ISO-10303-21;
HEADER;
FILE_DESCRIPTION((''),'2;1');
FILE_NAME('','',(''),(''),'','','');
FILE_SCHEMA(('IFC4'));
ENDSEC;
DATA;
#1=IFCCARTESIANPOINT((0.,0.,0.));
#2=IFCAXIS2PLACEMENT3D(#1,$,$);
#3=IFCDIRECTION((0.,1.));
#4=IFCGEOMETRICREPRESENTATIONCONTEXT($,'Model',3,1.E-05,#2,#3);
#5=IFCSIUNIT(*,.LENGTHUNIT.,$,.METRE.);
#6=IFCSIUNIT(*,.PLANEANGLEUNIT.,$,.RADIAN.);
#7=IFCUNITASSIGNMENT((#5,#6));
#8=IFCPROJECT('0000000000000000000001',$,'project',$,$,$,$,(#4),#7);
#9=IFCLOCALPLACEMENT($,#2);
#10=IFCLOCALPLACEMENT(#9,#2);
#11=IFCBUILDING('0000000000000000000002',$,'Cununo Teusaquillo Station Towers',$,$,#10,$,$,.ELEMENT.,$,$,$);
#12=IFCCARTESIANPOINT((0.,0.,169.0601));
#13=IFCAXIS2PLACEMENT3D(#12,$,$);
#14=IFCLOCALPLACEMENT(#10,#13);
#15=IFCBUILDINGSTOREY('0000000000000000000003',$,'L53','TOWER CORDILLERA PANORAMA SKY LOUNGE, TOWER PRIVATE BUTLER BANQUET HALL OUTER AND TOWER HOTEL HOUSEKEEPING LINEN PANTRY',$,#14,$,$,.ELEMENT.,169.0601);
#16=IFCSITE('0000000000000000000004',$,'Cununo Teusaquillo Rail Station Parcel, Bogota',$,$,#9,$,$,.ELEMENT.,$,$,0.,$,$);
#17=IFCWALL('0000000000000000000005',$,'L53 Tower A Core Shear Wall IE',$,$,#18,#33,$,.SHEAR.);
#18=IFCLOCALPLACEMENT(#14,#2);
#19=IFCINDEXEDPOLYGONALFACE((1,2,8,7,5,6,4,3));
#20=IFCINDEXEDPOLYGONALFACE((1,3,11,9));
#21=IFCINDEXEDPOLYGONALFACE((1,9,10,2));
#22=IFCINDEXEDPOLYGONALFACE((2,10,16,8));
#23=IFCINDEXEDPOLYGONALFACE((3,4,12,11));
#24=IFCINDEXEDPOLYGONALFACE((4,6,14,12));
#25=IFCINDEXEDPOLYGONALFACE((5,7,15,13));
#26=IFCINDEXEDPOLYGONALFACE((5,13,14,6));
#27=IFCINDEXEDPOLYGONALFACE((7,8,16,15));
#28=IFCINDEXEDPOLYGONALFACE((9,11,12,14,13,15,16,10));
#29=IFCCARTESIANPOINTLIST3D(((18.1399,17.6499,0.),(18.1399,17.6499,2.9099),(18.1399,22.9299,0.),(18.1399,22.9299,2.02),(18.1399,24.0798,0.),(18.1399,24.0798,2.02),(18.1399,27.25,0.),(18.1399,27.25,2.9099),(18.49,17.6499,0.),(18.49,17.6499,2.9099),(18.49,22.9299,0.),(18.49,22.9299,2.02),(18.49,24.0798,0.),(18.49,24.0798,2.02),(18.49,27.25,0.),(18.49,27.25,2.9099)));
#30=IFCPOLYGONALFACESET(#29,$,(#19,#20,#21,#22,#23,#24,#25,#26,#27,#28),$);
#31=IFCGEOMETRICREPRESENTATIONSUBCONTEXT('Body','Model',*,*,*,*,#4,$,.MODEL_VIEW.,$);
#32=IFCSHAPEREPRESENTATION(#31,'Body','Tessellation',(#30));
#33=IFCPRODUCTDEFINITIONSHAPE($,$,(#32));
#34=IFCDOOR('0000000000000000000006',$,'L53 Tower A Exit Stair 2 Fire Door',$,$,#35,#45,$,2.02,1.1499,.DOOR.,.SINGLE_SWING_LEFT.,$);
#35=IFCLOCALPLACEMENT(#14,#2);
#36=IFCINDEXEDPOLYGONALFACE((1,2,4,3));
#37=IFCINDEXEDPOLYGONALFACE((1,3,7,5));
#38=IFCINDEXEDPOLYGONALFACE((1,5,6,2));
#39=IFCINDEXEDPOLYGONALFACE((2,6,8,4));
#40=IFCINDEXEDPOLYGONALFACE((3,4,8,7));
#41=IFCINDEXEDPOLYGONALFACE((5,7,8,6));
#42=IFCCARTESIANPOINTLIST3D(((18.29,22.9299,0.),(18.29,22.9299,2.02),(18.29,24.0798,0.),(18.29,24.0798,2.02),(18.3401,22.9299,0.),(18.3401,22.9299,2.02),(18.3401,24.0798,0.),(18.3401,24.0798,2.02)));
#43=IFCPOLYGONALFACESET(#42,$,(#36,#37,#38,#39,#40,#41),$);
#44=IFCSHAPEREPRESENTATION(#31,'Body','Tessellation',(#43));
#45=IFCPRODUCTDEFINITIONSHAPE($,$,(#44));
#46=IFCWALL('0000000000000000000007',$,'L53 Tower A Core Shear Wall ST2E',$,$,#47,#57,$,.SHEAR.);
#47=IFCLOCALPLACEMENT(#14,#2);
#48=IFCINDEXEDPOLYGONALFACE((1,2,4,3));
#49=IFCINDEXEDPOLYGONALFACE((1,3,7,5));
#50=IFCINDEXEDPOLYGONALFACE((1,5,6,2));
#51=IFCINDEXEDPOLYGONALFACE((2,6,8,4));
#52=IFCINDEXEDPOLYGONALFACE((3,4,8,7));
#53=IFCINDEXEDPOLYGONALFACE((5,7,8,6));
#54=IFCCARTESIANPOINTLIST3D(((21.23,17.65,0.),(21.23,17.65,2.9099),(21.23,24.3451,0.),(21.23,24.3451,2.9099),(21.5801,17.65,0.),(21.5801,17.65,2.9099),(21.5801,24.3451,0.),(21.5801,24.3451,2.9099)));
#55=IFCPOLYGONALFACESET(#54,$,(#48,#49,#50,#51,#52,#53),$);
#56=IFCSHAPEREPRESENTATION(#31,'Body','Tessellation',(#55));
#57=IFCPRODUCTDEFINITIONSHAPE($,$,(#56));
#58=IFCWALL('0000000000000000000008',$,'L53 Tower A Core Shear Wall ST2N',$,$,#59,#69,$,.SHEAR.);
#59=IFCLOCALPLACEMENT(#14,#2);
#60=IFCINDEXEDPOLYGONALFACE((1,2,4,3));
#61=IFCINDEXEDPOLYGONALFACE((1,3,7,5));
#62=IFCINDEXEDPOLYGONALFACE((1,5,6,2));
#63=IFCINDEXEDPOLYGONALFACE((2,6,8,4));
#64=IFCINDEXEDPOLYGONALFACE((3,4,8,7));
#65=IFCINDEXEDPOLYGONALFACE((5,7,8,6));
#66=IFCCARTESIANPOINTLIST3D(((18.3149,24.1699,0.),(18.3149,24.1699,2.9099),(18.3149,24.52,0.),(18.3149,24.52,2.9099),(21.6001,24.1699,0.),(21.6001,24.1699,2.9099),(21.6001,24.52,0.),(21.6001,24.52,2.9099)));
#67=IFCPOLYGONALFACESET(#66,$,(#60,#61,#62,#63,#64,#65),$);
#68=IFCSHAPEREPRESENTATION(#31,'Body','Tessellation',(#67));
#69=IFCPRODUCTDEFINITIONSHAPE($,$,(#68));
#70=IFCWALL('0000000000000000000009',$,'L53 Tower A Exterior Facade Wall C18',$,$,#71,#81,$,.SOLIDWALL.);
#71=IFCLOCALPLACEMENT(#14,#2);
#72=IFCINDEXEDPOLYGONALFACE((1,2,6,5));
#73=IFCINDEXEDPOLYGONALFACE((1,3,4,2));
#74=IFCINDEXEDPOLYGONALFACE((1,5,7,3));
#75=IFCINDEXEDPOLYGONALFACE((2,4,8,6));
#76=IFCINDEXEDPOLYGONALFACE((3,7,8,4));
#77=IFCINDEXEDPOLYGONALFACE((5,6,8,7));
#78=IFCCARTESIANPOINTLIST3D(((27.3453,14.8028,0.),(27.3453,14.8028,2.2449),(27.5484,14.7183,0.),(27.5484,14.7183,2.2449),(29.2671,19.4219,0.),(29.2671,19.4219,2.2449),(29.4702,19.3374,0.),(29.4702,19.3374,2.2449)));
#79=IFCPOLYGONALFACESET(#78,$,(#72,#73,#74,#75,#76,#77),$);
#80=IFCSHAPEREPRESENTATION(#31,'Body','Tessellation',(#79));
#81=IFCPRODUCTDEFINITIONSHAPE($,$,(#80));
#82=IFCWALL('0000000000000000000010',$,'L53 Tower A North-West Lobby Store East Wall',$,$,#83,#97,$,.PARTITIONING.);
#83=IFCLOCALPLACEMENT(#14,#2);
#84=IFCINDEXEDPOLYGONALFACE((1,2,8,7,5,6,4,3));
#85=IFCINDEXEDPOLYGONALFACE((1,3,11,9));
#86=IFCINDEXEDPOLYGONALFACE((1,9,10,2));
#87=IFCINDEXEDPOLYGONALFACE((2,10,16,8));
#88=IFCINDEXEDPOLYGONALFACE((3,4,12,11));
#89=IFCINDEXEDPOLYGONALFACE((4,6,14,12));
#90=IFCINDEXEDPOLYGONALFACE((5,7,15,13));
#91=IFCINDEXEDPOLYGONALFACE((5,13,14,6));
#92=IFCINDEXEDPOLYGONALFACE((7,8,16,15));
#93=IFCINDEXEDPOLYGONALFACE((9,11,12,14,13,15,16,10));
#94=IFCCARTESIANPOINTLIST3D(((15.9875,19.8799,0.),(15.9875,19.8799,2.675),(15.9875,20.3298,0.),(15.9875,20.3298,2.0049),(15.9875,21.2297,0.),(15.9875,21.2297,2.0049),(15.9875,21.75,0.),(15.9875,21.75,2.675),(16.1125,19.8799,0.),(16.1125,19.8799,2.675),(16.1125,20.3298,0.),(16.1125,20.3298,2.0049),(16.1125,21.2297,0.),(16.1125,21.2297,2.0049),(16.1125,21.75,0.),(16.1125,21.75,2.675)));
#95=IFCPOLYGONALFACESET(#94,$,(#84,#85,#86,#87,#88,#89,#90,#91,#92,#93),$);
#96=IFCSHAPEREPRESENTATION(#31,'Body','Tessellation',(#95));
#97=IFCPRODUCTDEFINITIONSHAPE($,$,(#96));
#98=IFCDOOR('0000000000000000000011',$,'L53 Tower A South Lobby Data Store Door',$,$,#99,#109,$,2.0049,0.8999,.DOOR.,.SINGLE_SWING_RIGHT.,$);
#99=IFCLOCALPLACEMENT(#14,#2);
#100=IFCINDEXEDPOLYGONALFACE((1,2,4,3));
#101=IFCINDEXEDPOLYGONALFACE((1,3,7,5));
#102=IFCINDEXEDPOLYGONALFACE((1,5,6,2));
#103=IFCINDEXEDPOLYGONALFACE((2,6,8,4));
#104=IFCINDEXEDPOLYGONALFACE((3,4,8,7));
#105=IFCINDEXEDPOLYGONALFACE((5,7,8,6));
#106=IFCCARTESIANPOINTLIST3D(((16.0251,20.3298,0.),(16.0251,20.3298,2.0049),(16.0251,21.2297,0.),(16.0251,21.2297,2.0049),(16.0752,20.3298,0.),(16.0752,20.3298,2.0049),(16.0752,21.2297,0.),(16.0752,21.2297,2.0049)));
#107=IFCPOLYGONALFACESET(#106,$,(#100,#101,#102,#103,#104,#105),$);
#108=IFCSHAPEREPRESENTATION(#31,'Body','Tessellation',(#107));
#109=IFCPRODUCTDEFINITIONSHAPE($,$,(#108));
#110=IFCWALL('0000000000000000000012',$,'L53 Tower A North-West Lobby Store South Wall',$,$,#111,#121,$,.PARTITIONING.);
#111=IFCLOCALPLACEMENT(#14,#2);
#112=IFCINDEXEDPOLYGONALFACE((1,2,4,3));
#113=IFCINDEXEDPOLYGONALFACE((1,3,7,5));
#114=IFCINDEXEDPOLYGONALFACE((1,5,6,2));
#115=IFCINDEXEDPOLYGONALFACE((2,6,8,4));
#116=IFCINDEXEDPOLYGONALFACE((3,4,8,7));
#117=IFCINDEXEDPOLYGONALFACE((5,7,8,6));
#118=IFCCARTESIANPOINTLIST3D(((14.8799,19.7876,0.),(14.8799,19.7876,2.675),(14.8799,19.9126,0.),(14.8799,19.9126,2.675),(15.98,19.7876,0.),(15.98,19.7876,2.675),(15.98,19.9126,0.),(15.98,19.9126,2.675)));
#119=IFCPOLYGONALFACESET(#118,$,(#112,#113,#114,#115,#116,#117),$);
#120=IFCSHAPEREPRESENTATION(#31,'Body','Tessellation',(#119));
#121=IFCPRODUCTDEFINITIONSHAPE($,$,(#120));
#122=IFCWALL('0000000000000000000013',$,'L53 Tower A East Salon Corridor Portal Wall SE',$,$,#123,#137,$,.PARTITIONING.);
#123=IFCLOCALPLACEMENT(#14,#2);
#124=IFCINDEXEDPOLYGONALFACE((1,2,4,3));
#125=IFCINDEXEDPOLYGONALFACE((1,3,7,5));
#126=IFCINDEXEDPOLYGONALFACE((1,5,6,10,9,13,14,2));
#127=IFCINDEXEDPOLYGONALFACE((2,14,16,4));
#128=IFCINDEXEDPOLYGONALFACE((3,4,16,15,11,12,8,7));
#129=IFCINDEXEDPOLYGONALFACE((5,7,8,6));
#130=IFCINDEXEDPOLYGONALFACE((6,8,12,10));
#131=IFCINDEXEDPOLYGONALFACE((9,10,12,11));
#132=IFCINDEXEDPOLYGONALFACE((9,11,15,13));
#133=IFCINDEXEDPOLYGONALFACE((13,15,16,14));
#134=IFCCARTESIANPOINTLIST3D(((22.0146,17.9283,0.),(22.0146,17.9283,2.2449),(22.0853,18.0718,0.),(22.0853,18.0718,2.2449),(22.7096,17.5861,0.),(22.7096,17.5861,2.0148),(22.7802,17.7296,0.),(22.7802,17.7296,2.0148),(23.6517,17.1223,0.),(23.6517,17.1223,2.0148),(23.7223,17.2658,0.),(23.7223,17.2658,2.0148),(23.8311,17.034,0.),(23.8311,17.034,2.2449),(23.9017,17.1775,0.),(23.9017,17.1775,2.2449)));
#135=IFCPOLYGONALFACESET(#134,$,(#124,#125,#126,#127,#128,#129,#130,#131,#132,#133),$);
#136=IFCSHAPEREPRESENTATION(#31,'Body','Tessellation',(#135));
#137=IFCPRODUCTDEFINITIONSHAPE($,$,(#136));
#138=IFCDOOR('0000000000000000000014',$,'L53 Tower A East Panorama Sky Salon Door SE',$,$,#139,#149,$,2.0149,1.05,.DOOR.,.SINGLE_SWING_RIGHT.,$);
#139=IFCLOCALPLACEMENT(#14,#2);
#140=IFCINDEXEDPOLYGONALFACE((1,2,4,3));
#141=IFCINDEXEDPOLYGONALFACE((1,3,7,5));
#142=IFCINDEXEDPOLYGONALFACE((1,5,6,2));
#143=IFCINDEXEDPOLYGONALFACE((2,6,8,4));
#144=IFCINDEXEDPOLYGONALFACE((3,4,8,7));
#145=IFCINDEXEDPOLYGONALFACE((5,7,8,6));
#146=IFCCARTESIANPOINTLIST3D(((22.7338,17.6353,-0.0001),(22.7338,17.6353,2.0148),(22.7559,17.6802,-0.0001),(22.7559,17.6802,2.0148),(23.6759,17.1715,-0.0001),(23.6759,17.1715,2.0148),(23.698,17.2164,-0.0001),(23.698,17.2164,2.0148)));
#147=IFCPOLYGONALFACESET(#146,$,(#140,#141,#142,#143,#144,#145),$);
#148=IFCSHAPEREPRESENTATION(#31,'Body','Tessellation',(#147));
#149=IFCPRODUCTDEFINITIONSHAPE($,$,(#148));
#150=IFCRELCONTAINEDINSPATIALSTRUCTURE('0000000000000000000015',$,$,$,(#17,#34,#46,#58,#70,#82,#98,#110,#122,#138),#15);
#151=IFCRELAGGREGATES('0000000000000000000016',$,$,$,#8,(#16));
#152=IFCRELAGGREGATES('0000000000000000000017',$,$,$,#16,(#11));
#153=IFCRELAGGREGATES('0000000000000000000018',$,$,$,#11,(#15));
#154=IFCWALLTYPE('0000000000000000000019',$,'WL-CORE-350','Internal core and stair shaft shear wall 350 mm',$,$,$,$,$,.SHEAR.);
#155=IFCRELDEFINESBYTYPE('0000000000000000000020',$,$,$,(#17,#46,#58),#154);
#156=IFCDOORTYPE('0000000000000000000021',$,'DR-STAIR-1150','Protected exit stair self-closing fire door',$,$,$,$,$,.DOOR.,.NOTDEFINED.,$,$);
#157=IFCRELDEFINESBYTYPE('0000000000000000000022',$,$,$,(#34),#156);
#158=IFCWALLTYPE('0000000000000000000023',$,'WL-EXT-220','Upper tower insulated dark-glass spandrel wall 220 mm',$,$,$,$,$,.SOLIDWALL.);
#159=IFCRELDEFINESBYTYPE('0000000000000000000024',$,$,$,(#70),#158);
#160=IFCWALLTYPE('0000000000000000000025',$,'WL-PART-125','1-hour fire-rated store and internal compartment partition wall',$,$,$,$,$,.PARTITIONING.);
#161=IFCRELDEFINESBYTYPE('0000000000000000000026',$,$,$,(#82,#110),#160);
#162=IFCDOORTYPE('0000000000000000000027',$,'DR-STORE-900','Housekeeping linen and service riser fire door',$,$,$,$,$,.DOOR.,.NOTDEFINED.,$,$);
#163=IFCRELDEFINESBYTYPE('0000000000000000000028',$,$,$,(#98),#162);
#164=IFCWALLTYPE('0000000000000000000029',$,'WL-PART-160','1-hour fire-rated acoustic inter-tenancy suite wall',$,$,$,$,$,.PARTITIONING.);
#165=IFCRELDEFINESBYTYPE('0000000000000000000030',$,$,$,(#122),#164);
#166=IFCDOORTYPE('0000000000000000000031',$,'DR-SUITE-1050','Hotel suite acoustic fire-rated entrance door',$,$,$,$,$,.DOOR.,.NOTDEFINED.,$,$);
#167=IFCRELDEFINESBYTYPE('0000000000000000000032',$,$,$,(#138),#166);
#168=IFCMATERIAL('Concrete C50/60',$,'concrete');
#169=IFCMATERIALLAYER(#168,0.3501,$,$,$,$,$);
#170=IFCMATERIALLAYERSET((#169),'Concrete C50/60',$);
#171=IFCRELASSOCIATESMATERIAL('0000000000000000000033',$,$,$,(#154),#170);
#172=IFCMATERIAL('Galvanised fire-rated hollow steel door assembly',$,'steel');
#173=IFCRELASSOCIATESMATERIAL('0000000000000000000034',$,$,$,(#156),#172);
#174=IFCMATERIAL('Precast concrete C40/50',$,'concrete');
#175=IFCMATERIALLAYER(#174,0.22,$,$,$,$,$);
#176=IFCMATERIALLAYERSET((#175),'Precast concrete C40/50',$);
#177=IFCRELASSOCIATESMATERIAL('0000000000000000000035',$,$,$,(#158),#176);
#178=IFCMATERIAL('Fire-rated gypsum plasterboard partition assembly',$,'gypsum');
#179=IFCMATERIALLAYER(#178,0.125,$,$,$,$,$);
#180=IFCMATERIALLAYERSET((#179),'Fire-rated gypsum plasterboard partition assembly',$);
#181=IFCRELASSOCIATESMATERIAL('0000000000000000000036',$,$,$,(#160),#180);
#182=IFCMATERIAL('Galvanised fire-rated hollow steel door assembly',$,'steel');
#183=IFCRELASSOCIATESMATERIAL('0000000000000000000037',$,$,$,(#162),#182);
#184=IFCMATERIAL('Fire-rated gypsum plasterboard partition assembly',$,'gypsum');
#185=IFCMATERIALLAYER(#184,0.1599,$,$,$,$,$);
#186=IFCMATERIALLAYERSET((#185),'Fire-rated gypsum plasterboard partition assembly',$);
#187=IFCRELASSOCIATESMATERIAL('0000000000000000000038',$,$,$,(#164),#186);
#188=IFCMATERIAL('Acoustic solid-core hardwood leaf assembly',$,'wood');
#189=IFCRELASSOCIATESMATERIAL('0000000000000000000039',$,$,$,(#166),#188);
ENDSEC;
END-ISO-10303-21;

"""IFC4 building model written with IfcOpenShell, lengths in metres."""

from ifc_helpers import new_model, si_unit, direction, frame, frame_2d, origin, place, context, subcontext, project, spatial, rectangle, extrude, source, transform, mapped, material, layer, layer_set, type_object, element, fill, save


model = new_model("IFC4")

# Units and contexts
model_context = context("Model", 3, precision=1e-05, world=origin(), true_north=direction((0.0, 1.0)))
body_context = subcontext(model_context, "Body", "Model", "MODEL_VIEW")
ifc_project = project(units=[si_unit("LENGTHUNIT", "METRE"), si_unit("PLANEANGLEUNIT", "RADIAN")], contexts=[model_context])

# Site, building, storey
site_placement = place(None, origin())
site = spatial("IfcSite", under=ifc_project, at=site_placement, Name="Cununo Teusaquillo Rail Station Parcel, Bogota", CompositionType="ELEMENT", RefElevation=0.0)
building_placement = place(site_placement, origin())
building = spatial("IfcBuilding", under=site, at=building_placement, Name="Cununo Teusaquillo Station Towers", CompositionType="ELEMENT")
storey_placement = place(building_placement, frame((0.0, 0.0, 169.0601)))
storey = spatial("IfcBuildingStorey", under=building, at=storey_placement, Name="L53", Description="TOWER CORDILLERA PANORAMA SKY LOUNGE, TOWER PRIVATE BUTLER BANQUET HALL OUTER AND TOWER HOTEL HOUSEKEEPING LINEN PANTRY", CompositionType="ELEMENT", Elevation=169.0601)

# Wall, opening, door
ifc_material_1 = material(Name="Concrete C50/60", Category="concrete")
ifc_layer_1 = layer(ifc_material_1, 0.3501)
ifc_layer_set_1 = layer_set([ifc_layer_1], Name="Concrete C50/60")
wall_type_1 = type_object("IfcWallType", Name="WL-CORE-350", Description="Internal core and stair shaft shear wall 350 mm", PredefinedType="SHEAR", material=ifc_layer_set_1)
wall_1_placement = place(storey_placement, frame((18.3149, 17.6499, 0.0), z_axis=(0.0, 0.0, 1.0), x_axis=(0.0, 1.0, 0.0)))
wall_1 = element("IfcWall", 1, at=wall_1_placement, inside=storey, type_object=wall_type_1, Name="L53 Tower A Core Shear Wall IE", PredefinedType="SHEAR", context=body_context, shape_type="SweptSolid", body=[
    extrude(rectangle(XDim=9.6001, YDim=0.3501, at=frame_2d((4.8, 0.0))), origin(), (0.0, 0.0, 1.0), 2.9099),
])
shared_shape_1 = source(origin(), body_context, "Body", "SweptSolid", [
    extrude(rectangle(XDim=1.1499, YDim=2.02, at=frame_2d((0.575, 1.01))), frame((0.0, 0.1851, 0.0), z_axis=(0.0, -1.0, 0.0), x_axis=(1.0, 0.0, 0.0)), (0.0, 0.0, 1.0), 0.3701),
])
opening_1_placement = place(wall_1_placement, frame((5.28, 0.0, 0.0)))
opening_1 = element("IfcOpeningElement", 2, at=opening_1_placement, cuts=wall_1, PredefinedType="OPENING", context=body_context, shape_type="MappedRepresentation", body=[
    mapped(shared_shape_1, transform((0.0, 0.0, 0.0), x_axis=(1.0, 0.0, 0.0), y_axis=(0.0, 1.0, 0.0), z_axis=(0.0, 0.0, 1.0), scale=1.0)),
])
ifc_material_2 = material(Name="Galvanised fire-rated hollow steel door assembly", Category="steel")
door_type_1 = type_object("IfcDoorType", Name="DR-STAIR-1150", Description="Protected exit stair self-closing fire door", OperationType="NOTDEFINED", PredefinedType="DOOR", material=ifc_material_2)
shared_shape_2 = source(origin(), body_context, "Body", "SweptSolid", [
    extrude(rectangle(XDim=1.1499, YDim=2.02, at=frame_2d((0.575, 1.01))), frame((0.0, 0.0249, 0.0), z_axis=(0.0, -1.0, 0.0), x_axis=(1.0, 0.0, 0.0)), (0.0, 0.0, 1.0), 0.05),
])
door_1_placement = place(opening_1_placement, origin())
door_1 = element("IfcDoor", 3, at=door_1_placement, inside=storey, type_object=door_type_1, Name="L53 Tower A Exit Stair 2 Fire Door", OperationType="SINGLE_SWING_LEFT", OverallHeight=2.02, OverallWidth=1.1499, PredefinedType="DOOR", context=body_context, shape_type="MappedRepresentation", body=[
    mapped(shared_shape_2, transform((0.0, 0.0, 0.0), x_axis=(1.0, 0.0, 0.0), y_axis=(0.0, 1.0, 0.0), z_axis=(0.0, 0.0, 1.0), scale=1.0)),
])
fill(opening_1, door_1)

# Walls
wall_2_placement = place(storey_placement, frame((21.405, 17.6499, 0.0), z_axis=(0.0, 0.0, 1.0), x_axis=(0.0, 1.0, 0.0)))
element("IfcWall", 4, at=wall_2_placement, inside=storey, type_object=wall_type_1, Name="L53 Tower A Core Shear Wall ST2E", PredefinedType="SHEAR", context=body_context, shape_type="SweptSolid", body=[
    extrude(rectangle(XDim=6.6951, YDim=0.3501, at=frame_2d((3.3477, 0.0))), origin(), (0.0, 0.0, 1.0), 2.9099),
])
wall_3_placement = place(storey_placement, frame((18.3149, 24.345, 0.0), z_axis=(0.0, 0.0, 1.0), x_axis=(1.0, 0.0, 0.0)))
element("IfcWall", 5, at=wall_3_placement, inside=storey, type_object=wall_type_1, Name="L53 Tower A Core Shear Wall ST2N", PredefinedType="SHEAR", context=body_context, shape_type="SweptSolid", body=[
    extrude(rectangle(XDim=3.2852, YDim=0.3501, at=frame_2d((1.6426, 0.0))), origin(), (0.0, 0.0, 1.0), 2.9099),
])
ifc_material_3 = material(Name="Precast concrete C40/50", Category="concrete")
ifc_layer_2 = layer(ifc_material_3, 0.22)
ifc_layer_set_2 = layer_set([ifc_layer_2], Name="Precast concrete C40/50")
wall_type_2 = type_object("IfcWallType", Name="WL-EXT-220", Description="Upper tower insulated dark-glass spandrel wall 220 mm", PredefinedType="SOLIDWALL", material=ifc_layer_set_2)
wall_4_placement = place(storey_placement, frame((29.3687, 19.3796, 0.0), z_axis=(0.0, 0.0, 1.0), x_axis=(-0.384144, -0.923273, 0.0)))
element("IfcWall", 6, at=wall_4_placement, inside=storey, type_object=wall_type_2, Name="L53 Tower A Exterior Facade Wall C18", PredefinedType="SOLIDWALL", context=body_context, shape_type="SweptSolid", body=[
    extrude(rectangle(XDim=5.0029, YDim=0.22, at=frame_2d((2.5015, 0.0))), origin(), (0.0, 0.0, 1.0), 2.2449),
])

# Wall, opening, door
ifc_material_4 = material(Name="Fire-rated gypsum plasterboard partition assembly", Category="gypsum")
ifc_layer_3 = layer(ifc_material_4, 0.125)
ifc_layer_set_3 = layer_set([ifc_layer_3], Name="Fire-rated gypsum plasterboard partition assembly")
wall_type_3 = type_object("IfcWallType", Name="WL-PART-125", Description="1-hour fire-rated store and internal compartment partition wall", PredefinedType="PARTITIONING", material=ifc_layer_set_3)
wall_5_placement = place(storey_placement, frame((16.05, 19.8799, 0.0), z_axis=(0.0, 0.0, 1.0), x_axis=(0.0, 1.0, 0.0)))
wall_5 = element("IfcWall", 7, at=wall_5_placement, inside=storey, type_object=wall_type_3, Name="L53 Tower A North-West Lobby Store East Wall", PredefinedType="PARTITIONING", context=body_context, shape_type="SweptSolid", body=[
    extrude(rectangle(XDim=1.8701, YDim=0.125, at=frame_2d((0.9351, 0.0))), origin(), (0.0, 0.0, 1.0), 2.675),
])
shared_shape_3 = source(origin(), body_context, "Body", "SweptSolid", [
    extrude(rectangle(XDim=0.8999, YDim=2.0049, at=frame_2d((0.45, 1.0024))), frame((0.0, 0.0725, 0.0), z_axis=(0.0, -1.0, 0.0), x_axis=(1.0, 0.0, 0.0)), (0.0, 0.0, 1.0), 0.145),
])
opening_2_placement = place(wall_5_placement, frame((0.45, 0.0, 0.0)))
opening_2 = element("IfcOpeningElement", 8, at=opening_2_placement, cuts=wall_5, PredefinedType="OPENING", context=body_context, shape_type="MappedRepresentation", body=[
    mapped(shared_shape_3, transform((0.0, 0.0, 0.0), x_axis=(1.0, 0.0, 0.0), y_axis=(0.0, 1.0, 0.0), z_axis=(0.0, 0.0, 1.0), scale=1.0)),
])
ifc_material_5 = material(Name="Galvanised fire-rated hollow steel door assembly", Category="steel")
door_type_2 = type_object("IfcDoorType", Name="DR-STORE-900", Description="Housekeeping linen and service riser fire door", OperationType="NOTDEFINED", PredefinedType="DOOR", material=ifc_material_5)
shared_shape_4 = source(origin(), body_context, "Body", "SweptSolid", [
    extrude(rectangle(XDim=0.8999, YDim=2.0049, at=frame_2d((0.45, 1.0024))), frame((0.0, 0.0249, 0.0), z_axis=(0.0, -1.0, 0.0), x_axis=(1.0, 0.0, 0.0)), (0.0, 0.0, 1.0), 0.05),
])
door_2_placement = place(opening_2_placement, origin())
door_2 = element("IfcDoor", 9, at=door_2_placement, inside=storey, type_object=door_type_2, Name="L53 Tower A South Lobby Data Store Door", OperationType="SINGLE_SWING_RIGHT", OverallHeight=2.0049, OverallWidth=0.8999, PredefinedType="DOOR", context=body_context, shape_type="MappedRepresentation", body=[
    mapped(shared_shape_4, transform((0.0, 0.0, 0.0), x_axis=(1.0, 0.0, 0.0), y_axis=(0.0, 1.0, 0.0), z_axis=(0.0, 0.0, 1.0), scale=1.0)),
])
fill(opening_2, door_2)

# Wall
wall_6_placement = place(storey_placement, frame((14.8799, 19.8501, 0.0), z_axis=(0.0, 0.0, 1.0), x_axis=(1.0, 0.0, 0.0)))
element("IfcWall", 10, at=wall_6_placement, inside=storey, type_object=wall_type_3, Name="L53 Tower A North-West Lobby Store South Wall", PredefinedType="PARTITIONING", context=body_context, shape_type="SweptSolid", body=[
    extrude(rectangle(XDim=1.1001, YDim=0.125, at=frame_2d((0.55, 0.0))), origin(), (0.0, 0.0, 1.0), 2.675),
])

# Wall, opening, door
ifc_material_6 = material(Name="Fire-rated gypsum plasterboard partition assembly", Category="gypsum")
ifc_layer_4 = layer(ifc_material_6, 0.1599)
ifc_layer_set_4 = layer_set([ifc_layer_4], Name="Fire-rated gypsum plasterboard partition assembly")
wall_type_4 = type_object("IfcWallType", Name="WL-PART-160", Description="1-hour fire-rated acoustic inter-tenancy suite wall", PredefinedType="PARTITIONING", material=ifc_layer_set_4)
wall_7_placement = place(storey_placement, frame((22.05, 18.0, 0.0), z_axis=(0.0, 0.0, 1.0), x_axis=(0.89716, -0.441706, 0.0)))
wall_7 = element("IfcWall", 11, at=wall_7_placement, inside=storey, type_object=wall_type_4, Name="L53 Tower A East Salon Corridor Portal Wall SE", PredefinedType="PARTITIONING", context=body_context, shape_type="SweptSolid", body=[
    extrude(rectangle(XDim=2.0247, YDim=0.1599, at=frame_2d((1.0122, 0.0))), origin(), (0.0, 0.0, 1.0), 2.2449),
])
shared_shape_5 = source(origin(), body_context, "Body", "SweptSolid", [
    extrude(rectangle(XDim=1.05, YDim=2.0149, at=frame_2d((0.5249, 1.0073))), frame((0.0, 0.0898, 0.0), z_axis=(0.0, -1.0, 0.0), x_axis=(1.0, 0.0, 0.0)), (0.0, 0.0, 1.0), 0.1799),
])
opening_3_placement = place(wall_7_placement, frame((0.7747, 0.0, 0.0)))
opening_3 = element("IfcOpeningElement", 12, at=opening_3_placement, cuts=wall_7, PredefinedType="OPENING", context=body_context, shape_type="MappedRepresentation", body=[
    mapped(shared_shape_5, transform((0.0, 0.0, 0.0), x_axis=(1.0, 0.0, 0.0), y_axis=(0.0, 1.0, 0.0), z_axis=(0.0, 0.0, 1.0), scale=1.0)),
])
ifc_material_7 = material(Name="Acoustic solid-core hardwood leaf assembly", Category="wood")
door_type_3 = type_object("IfcDoorType", Name="DR-SUITE-1050", Description="Hotel suite acoustic fire-rated entrance door", OperationType="NOTDEFINED", PredefinedType="DOOR", material=ifc_material_7)
shared_shape_6 = source(origin(), body_context, "Body", "SweptSolid", [
    extrude(rectangle(XDim=1.05, YDim=2.0149, at=frame_2d((0.5249, 1.0073))), frame((0.0, 0.0249, 0.0), z_axis=(0.0, -1.0, 0.0), x_axis=(1.0, 0.0, 0.0)), (0.0, 0.0, 1.0), 0.05),
])
door_3_placement = place(opening_3_placement, origin())
door_3 = element("IfcDoor", 13, at=door_3_placement, inside=storey, type_object=door_type_3, Name="L53 Tower A East Panorama Sky Salon Door SE", OperationType="SINGLE_SWING_RIGHT", OverallHeight=2.0149, OverallWidth=1.05, PredefinedType="DOOR", context=body_context, shape_type="MappedRepresentation", body=[
    mapped(shared_shape_6, transform((0.0, 0.0, 0.0), x_axis=(1.0, 0.0, 0.0), y_axis=(0.0, 1.0, 0.0), z_axis=(0.0, 0.0, 1.0), scale=1.0)),
])
fill(opening_3, door_3)

save(model, "model.ifc")
